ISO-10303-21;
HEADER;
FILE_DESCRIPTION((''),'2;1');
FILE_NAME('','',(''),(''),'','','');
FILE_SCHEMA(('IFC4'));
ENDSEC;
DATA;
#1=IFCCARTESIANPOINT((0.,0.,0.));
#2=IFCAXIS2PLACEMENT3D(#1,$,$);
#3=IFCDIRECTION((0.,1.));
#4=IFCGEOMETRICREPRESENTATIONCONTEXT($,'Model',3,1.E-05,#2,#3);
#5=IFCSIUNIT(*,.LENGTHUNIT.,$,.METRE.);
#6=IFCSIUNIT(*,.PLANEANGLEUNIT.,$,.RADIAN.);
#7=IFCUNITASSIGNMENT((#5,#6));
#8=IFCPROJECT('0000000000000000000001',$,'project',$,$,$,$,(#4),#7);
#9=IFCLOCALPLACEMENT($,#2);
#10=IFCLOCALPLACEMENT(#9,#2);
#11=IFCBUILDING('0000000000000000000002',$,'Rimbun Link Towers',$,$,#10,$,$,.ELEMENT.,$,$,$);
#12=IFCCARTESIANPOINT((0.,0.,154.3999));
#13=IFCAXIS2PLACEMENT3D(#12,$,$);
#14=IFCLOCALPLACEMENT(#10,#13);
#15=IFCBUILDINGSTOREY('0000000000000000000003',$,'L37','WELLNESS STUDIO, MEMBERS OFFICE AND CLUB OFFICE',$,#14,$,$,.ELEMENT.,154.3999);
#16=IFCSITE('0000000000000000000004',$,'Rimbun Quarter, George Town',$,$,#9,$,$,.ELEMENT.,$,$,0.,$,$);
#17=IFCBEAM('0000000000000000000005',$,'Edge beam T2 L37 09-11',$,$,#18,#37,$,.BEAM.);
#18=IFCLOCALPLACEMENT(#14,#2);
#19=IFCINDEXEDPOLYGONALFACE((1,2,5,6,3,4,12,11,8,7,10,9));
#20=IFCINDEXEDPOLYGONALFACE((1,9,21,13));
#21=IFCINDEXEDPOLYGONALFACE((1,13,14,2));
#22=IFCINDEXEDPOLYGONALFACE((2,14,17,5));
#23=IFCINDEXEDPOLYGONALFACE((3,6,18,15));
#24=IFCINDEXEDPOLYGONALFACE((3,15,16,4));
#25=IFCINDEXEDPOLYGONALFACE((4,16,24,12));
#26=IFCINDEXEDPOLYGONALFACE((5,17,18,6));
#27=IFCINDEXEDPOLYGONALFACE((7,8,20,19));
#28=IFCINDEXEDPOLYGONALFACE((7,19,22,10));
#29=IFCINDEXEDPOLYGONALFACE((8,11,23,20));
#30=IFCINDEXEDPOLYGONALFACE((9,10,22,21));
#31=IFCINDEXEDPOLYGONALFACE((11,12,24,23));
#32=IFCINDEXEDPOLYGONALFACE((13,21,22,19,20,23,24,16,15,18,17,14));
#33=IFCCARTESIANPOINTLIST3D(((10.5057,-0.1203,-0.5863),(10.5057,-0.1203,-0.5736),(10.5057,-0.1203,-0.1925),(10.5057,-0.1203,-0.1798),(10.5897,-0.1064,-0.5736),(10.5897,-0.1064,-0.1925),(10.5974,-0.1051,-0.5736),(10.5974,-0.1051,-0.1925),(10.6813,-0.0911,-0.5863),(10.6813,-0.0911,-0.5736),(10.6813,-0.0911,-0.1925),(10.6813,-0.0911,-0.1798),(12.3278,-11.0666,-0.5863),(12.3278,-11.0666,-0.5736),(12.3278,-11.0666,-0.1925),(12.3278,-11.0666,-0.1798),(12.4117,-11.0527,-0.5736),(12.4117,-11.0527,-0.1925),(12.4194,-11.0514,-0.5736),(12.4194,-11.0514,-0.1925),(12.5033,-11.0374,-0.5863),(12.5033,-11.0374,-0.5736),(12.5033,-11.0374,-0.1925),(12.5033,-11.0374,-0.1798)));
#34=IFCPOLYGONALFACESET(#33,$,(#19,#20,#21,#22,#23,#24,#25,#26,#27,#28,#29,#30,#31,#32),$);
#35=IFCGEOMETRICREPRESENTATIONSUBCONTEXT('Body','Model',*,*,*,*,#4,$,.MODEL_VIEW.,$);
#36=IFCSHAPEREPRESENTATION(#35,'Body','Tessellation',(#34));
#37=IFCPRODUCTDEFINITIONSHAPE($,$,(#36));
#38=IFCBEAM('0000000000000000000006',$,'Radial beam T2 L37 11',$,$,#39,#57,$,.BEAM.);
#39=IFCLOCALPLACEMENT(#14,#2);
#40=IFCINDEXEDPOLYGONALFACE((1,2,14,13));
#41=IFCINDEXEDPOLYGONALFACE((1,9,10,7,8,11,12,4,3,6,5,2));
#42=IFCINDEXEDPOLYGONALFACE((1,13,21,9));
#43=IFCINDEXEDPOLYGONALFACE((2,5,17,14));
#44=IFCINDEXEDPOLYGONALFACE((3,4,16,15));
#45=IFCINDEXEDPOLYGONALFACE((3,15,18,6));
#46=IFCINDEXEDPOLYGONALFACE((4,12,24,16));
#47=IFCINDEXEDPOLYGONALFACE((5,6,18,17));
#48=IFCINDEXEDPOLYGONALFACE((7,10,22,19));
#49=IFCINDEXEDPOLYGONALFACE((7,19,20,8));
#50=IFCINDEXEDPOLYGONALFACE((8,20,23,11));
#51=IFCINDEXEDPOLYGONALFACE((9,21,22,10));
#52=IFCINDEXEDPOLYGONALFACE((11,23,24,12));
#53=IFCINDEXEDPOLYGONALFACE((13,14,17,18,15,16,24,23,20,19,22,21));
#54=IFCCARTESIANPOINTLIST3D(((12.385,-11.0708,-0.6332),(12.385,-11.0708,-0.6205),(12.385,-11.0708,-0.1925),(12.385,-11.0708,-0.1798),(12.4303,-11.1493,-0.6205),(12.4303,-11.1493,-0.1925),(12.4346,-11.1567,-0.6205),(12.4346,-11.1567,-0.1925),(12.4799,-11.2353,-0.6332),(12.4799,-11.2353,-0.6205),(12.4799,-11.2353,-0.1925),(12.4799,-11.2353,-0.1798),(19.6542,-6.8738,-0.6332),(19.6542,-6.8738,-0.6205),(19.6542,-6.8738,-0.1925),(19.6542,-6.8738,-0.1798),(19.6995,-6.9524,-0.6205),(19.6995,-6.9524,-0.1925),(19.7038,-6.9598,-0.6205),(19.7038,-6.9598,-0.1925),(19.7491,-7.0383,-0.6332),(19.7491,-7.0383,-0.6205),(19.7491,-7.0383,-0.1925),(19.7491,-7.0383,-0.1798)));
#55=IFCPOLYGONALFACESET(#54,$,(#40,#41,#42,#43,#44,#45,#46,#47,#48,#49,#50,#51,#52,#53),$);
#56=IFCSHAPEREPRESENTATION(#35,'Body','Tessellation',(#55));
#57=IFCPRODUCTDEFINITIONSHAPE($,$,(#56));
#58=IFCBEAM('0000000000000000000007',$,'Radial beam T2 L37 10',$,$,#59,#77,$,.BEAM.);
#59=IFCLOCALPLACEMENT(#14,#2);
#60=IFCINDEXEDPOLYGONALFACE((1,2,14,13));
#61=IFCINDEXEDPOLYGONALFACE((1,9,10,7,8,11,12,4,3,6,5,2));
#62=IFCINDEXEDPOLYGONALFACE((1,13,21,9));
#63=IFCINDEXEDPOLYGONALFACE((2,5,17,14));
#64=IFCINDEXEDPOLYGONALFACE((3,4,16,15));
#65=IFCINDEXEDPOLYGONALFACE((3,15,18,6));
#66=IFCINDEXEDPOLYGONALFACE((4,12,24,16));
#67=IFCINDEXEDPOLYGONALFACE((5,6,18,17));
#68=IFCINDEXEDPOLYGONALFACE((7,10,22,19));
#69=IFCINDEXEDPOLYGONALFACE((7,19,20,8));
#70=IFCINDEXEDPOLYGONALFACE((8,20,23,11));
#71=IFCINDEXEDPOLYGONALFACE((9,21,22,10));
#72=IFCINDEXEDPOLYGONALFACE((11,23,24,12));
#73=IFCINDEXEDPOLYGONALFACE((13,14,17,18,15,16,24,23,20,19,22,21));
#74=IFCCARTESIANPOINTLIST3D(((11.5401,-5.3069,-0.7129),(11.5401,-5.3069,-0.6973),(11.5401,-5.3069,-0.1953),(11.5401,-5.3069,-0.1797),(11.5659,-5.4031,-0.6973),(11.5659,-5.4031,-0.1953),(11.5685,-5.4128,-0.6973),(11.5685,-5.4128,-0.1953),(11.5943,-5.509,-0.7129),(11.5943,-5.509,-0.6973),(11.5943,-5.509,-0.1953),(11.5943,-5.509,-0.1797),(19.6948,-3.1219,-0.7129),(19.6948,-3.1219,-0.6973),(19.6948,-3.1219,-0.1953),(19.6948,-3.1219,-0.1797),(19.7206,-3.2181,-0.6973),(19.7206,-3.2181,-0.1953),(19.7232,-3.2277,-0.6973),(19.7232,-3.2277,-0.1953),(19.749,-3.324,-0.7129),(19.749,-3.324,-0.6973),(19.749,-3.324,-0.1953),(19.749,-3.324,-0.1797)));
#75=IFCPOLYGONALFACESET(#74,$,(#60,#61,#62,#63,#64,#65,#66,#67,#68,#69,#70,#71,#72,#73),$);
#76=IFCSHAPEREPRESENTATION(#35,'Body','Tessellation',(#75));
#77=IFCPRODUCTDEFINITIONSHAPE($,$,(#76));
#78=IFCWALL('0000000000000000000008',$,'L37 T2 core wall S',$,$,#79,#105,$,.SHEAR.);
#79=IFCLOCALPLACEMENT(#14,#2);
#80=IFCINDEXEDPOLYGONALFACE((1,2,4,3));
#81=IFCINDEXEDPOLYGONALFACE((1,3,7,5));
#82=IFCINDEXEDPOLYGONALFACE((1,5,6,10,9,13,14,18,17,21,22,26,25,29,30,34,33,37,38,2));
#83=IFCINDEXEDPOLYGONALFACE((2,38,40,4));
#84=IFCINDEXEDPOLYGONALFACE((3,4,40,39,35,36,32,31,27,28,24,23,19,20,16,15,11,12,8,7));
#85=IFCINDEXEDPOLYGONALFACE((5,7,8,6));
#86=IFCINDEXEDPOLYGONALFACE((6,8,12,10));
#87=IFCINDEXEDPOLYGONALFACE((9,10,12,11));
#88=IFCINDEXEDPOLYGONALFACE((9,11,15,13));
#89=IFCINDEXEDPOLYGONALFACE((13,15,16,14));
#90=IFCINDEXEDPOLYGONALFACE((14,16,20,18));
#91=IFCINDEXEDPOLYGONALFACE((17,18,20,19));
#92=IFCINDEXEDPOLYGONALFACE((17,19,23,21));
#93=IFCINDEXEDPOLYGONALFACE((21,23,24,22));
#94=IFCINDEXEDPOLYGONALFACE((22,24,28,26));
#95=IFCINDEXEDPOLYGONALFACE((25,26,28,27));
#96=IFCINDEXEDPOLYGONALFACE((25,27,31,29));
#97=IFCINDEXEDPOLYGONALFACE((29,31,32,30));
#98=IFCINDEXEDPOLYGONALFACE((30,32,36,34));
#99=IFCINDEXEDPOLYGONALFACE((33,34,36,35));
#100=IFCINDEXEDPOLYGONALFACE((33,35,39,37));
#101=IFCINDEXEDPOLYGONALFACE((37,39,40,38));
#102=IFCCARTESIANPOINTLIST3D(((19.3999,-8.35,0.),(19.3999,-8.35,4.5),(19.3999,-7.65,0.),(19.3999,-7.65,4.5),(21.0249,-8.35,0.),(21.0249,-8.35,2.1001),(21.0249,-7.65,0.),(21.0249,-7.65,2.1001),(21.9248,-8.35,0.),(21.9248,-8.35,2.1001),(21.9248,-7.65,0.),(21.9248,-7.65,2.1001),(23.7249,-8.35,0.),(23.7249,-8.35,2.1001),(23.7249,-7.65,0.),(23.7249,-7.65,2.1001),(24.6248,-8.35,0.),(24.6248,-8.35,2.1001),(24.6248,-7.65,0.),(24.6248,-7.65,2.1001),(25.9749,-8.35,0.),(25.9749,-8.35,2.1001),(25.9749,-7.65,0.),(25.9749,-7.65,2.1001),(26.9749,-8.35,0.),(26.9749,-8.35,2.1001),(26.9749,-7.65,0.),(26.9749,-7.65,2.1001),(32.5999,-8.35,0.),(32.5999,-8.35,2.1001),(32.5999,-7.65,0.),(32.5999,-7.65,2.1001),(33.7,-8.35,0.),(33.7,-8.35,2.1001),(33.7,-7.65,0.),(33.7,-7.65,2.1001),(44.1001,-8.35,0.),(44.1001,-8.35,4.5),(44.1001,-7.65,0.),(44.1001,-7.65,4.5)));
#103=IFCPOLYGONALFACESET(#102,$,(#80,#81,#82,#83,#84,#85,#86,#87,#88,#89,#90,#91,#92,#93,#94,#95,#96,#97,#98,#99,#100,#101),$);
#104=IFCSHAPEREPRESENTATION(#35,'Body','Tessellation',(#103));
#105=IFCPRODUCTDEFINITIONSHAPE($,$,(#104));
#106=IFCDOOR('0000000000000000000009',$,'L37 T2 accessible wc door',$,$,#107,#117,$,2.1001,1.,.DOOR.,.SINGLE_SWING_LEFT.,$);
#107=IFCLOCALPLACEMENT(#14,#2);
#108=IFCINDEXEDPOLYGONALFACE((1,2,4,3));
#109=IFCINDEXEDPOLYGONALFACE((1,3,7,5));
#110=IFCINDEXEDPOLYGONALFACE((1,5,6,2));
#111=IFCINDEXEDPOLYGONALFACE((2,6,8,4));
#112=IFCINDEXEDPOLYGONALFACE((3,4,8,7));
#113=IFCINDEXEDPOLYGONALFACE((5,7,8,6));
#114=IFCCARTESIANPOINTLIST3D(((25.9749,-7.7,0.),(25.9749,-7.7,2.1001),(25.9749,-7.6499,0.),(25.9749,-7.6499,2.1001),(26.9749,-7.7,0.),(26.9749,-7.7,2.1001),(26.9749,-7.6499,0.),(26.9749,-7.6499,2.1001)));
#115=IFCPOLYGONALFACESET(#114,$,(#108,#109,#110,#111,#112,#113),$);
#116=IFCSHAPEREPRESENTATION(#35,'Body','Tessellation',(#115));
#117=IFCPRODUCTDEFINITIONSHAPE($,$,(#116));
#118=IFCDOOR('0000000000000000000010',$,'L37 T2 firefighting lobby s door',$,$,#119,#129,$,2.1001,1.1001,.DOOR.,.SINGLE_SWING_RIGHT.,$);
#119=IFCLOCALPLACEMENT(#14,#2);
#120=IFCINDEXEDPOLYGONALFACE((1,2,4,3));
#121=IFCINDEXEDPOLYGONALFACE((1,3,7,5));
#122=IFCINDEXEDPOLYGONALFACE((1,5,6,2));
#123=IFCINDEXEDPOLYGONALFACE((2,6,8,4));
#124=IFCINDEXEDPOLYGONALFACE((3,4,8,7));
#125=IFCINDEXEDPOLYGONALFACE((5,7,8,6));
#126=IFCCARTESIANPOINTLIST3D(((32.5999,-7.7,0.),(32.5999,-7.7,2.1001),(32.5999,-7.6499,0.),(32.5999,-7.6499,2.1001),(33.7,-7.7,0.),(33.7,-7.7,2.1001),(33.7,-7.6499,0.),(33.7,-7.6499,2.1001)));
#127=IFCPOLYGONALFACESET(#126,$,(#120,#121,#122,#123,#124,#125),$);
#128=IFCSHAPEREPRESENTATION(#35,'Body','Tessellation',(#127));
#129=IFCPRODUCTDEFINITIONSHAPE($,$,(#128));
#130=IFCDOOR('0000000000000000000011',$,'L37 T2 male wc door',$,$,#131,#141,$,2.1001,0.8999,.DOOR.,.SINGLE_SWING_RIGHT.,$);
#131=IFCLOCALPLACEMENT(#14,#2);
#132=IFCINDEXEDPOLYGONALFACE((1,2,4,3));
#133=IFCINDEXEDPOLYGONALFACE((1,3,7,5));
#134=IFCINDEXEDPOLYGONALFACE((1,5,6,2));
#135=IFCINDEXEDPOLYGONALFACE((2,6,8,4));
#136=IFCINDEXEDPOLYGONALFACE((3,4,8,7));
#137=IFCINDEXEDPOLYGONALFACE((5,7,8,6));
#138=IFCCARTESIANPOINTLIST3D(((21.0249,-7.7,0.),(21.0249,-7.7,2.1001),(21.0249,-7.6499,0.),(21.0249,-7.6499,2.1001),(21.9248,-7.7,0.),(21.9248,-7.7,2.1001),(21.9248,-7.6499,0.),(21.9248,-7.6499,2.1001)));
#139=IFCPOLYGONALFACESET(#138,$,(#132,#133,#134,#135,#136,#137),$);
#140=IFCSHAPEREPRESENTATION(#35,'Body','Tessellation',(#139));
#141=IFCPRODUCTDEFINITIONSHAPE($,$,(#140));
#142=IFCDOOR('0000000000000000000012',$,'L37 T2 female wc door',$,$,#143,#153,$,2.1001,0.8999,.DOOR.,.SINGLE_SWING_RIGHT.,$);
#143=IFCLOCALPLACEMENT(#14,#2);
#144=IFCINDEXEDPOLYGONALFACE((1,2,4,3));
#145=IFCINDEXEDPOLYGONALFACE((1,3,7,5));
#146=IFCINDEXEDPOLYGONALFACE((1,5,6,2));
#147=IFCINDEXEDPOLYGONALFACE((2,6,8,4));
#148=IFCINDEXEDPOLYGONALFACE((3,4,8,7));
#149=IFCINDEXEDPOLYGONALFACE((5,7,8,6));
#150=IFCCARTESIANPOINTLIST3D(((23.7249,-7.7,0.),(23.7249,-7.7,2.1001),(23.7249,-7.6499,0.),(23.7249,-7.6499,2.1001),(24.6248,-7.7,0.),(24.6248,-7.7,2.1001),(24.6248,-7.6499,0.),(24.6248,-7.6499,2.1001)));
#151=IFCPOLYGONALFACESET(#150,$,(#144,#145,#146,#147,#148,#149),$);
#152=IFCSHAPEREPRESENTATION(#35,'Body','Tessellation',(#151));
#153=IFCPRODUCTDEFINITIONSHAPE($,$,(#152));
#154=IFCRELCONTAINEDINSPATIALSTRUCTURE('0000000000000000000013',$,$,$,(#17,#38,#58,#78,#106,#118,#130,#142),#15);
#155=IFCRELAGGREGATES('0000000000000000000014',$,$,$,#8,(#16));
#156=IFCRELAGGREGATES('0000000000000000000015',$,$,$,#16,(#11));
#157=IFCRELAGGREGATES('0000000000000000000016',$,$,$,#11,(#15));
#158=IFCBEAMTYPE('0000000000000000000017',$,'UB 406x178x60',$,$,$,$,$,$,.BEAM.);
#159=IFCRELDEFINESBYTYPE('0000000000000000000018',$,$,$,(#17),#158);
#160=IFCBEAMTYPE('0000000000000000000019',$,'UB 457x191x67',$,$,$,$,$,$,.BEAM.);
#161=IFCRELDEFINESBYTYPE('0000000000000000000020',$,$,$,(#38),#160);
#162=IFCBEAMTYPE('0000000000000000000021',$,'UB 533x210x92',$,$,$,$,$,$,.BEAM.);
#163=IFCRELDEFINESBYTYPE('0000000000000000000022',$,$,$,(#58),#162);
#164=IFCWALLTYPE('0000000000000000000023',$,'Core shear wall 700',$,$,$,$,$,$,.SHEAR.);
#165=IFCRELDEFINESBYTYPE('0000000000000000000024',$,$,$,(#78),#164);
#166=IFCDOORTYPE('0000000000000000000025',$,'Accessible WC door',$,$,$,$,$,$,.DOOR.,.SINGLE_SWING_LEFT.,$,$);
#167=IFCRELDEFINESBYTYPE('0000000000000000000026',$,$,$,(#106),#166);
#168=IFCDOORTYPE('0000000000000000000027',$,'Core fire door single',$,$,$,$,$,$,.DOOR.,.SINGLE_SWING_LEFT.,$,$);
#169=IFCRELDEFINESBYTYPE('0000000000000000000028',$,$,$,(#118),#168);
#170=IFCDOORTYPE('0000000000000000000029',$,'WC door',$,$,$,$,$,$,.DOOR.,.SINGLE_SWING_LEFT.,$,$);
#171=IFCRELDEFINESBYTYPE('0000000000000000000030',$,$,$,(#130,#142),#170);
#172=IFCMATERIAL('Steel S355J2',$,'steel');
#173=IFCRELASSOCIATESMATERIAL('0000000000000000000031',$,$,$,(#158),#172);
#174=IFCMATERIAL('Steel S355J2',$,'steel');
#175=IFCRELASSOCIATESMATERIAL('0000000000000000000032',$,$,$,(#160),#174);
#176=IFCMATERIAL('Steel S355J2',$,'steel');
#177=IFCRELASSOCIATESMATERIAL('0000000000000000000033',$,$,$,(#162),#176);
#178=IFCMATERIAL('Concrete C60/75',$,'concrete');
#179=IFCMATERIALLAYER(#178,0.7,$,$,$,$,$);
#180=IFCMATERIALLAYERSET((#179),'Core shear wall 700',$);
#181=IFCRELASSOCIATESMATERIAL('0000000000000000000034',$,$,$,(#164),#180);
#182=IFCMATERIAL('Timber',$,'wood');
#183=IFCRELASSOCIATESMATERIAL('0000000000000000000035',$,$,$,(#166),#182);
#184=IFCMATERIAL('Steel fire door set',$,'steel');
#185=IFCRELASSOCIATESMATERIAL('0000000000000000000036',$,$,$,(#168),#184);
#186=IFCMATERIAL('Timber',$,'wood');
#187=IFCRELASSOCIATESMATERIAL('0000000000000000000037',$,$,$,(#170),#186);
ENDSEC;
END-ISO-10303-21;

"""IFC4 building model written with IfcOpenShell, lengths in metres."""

from ifc_helpers import new_model, si_unit, direction, frame, frame_2d, origin, origin_2d, place, context, subcontext, project, spatial, rectangle, i_section, extrude, material, layer, layer_set, material_profile, profile_set, type_object, element, fill, save


model = new_model("IFC4")

# Units and contexts
model_context = context("Model", 3, precision=1e-05, world=origin(), true_north=direction((0.0, 1.0)))
body_context = subcontext(model_context, "Body", "Model", "MODEL_VIEW")
ifc_project = project(units=[si_unit("LENGTHUNIT", "METRE"), si_unit("PLANEANGLEUNIT", "RADIAN")], contexts=[model_context])

# Site, building, storey
site_placement = place(None, origin())
site = spatial("IfcSite", under=ifc_project, at=site_placement, Name="Rimbun Quarter, George Town", CompositionType="ELEMENT", RefElevation=0.0)
building_placement = place(site_placement, origin())
building = spatial("IfcBuilding", under=site, at=building_placement, Name="Rimbun Link Towers", CompositionType="ELEMENT")
storey_placement = place(building_placement, frame((0.0, 0.0, 154.3999)))
storey = spatial("IfcBuildingStorey", under=building, at=storey_placement, Name="L37", Description="WELLNESS STUDIO, MEMBERS OFFICE AND CLUB OFFICE", CompositionType="ELEMENT", Elevation=154.3999)

# Beams
ifc_material_1 = material(Name="Steel S355J2", Category="steel")
ifc_material_profile_1 = material_profile(ifc_material_1, i_section(OverallWidth=0.178, OverallDepth=0.4065, WebThickness=0.0078, FlangeThickness=0.0127, at=origin_2d()), Name="UB 406x178x60")
ifc_profile_set_1 = profile_set([ifc_material_profile_1], Name="Steel S355J2")
beam_type_1 = type_object("IfcBeamType", Name="UB 406x178x60", PredefinedType="BEAM", material=ifc_profile_set_1)
beam_1_placement = place(storey_placement, frame((10.5935, -0.1057, -0.3831), z_axis=(0.164192, -0.986428, 0.0), x_axis=(0.986428, 0.164192, 0.0)))
element("IfcBeam", 1, at=beam_1_placement, inside=storey, type_object=beam_type_1, Name="Edge beam T2 L37 09-11", PredefinedType="BEAM", context=body_context, shape_type="SweptSolid", body=[
    extrude(i_section(OverallWidth=0.178, OverallDepth=0.4065, WebThickness=0.0078, FlangeThickness=0.0127, at=origin_2d()), origin(), (0.0, 0.0, 1.0), 11.0969),
])
ifc_material_2 = material(Name="Steel S355J2", Category="steel")
ifc_material_profile_2 = material_profile(ifc_material_2, i_section(OverallWidth=0.1899, OverallDepth=0.4534, WebThickness=0.0085, FlangeThickness=0.0127, at=origin_2d()), Name="UB 457x191x67")
ifc_profile_set_2 = profile_set([ifc_material_profile_2], Name="Steel S355J2")
beam_type_2 = type_object("IfcBeamType", Name="UB 457x191x67", PredefinedType="BEAM", material=ifc_profile_set_2)
beam_2_placement = place(storey_placement, frame((19.7017, -6.9561, -0.4065), z_axis=(-0.86602, -0.500009, 0.0), x_axis=(0.500009, -0.86602, 0.0)))
element("IfcBeam", 2, at=beam_2_placement, inside=storey, type_object=beam_type_2, Name="Radial beam T2 L37 11", PredefinedType="BEAM", context=body_context, shape_type="SweptSolid", body=[
    extrude(i_section(OverallWidth=0.1899, OverallDepth=0.4534, WebThickness=0.0085, FlangeThickness=0.0127, at=origin_2d()), origin(), (0.0, 0.0, 1.0), 8.3938),
])
ifc_material_3 = material(Name="Steel S355J2", Category="steel")
ifc_material_profile_3 = material_profile(ifc_material_3, i_section(OverallWidth=0.2092, OverallDepth=0.5332, WebThickness=0.01, FlangeThickness=0.0156, at=origin_2d()), Name="UB 533x210x92")
ifc_profile_set_3 = profile_set([ifc_material_profile_3], Name="Steel S355J2")
beam_type_3 = type_object("IfcBeamType", Name="UB 533x210x92", PredefinedType="BEAM", material=ifc_profile_set_3)
beam_3_placement = place(storey_placement, frame((19.7219, -3.2229, -0.4463), z_axis=(-0.965926, -0.258818, 0.0), x_axis=(0.258818, -0.965926, 0.0)))
element("IfcBeam", 3, at=beam_3_placement, inside=storey, type_object=beam_type_3, Name="Radial beam T2 L37 10", PredefinedType="BEAM", context=body_context, shape_type="SweptSolid", body=[
    extrude(i_section(OverallWidth=0.2092, OverallDepth=0.5332, WebThickness=0.01, FlangeThickness=0.0156, at=origin_2d()), origin(), (0.0, 0.0, 1.0), 8.4424),
])

# Wall, openings, doors
ifc_material_4 = material(Name="Concrete C60/75", Category="concrete")
ifc_layer_1 = layer(ifc_material_4, 0.7)
ifc_layer_set_1 = layer_set([ifc_layer_1], Name="Core shear wall 700")
wall_type_1 = type_object("IfcWallType", Name="Core shear wall 700", PredefinedType="SHEAR", material=ifc_layer_set_1)
wall_1_placement = place(storey_placement, frame((19.3999, -8.0, 0.0), z_axis=(0.0, 0.0, 1.0), x_axis=(1.0, 0.0, 0.0)))
wall_1 = element("IfcWall", 4, at=wall_1_placement, inside=storey, type_object=wall_type_1, Name="L37 T2 core wall S", PredefinedType="SHEAR", context=body_context, shape_type="SweptSolid", body=[
    extrude(rectangle(XDim=24.7002, YDim=0.7, at=frame_2d((12.3501, 0.0))), origin(), (0.0, 0.0, 1.0), 4.5),
])
opening_1_placement = place(wall_1_placement, frame((13.2, 0.0, 0.0)))
opening_1 = element("IfcOpeningElement", 5, at=opening_1_placement, cuts=wall_1, PredefinedType="OPENING", context=body_context, shape_type="SweptSolid", body=[
    extrude(rectangle(XDim=1.1001, YDim=2.1001, at=frame_2d((0.55, 1.05))), frame((0.0, 0.3599, 0.0), z_axis=(0.0, -1.0, 0.0), x_axis=(1.0, 0.0, 0.0)), (0.0, 0.0, 1.0), 0.72),
])
opening_2_placement = place(wall_1_placement, frame((1.625, 0.0, 0.0)))
opening_2 = element("IfcOpeningElement", 6, at=opening_2_placement, cuts=wall_1, PredefinedType="OPENING", context=body_context, shape_type="SweptSolid", body=[
    extrude(rectangle(XDim=0.8999, YDim=2.1001, at=frame_2d((0.45, 1.05))), frame((0.0, 0.3599, 0.0), z_axis=(0.0, -1.0, 0.0), x_axis=(1.0, 0.0, 0.0)), (0.0, 0.0, 1.0), 0.72),
])
opening_3_placement = place(wall_1_placement, frame((4.325, 0.0, 0.0)))
opening_3 = element("IfcOpeningElement", 7, at=opening_3_placement, cuts=wall_1, PredefinedType="OPENING", context=body_context, shape_type="SweptSolid", body=[
    extrude(rectangle(XDim=0.8999, YDim=2.1001, at=frame_2d((0.45, 1.05))), frame((0.0, 0.3599, 0.0), z_axis=(0.0, -1.0, 0.0), x_axis=(1.0, 0.0, 0.0)), (0.0, 0.0, 1.0), 0.72),
])
opening_4_placement = place(wall_1_placement, frame((6.575, 0.0, 0.0)))
opening_4 = element("IfcOpeningElement", 8, at=opening_4_placement, cuts=wall_1, PredefinedType="OPENING", context=body_context, shape_type="SweptSolid", body=[
    extrude(rectangle(XDim=1.0, YDim=2.1001, at=frame_2d((0.5, 1.05))), frame((0.0, 0.3599, 0.0), z_axis=(0.0, -1.0, 0.0), x_axis=(1.0, 0.0, 0.0)), (0.0, 0.0, 1.0), 0.72),
])
ifc_material_5 = material(Name="Timber", Category="wood")
door_type_1 = type_object("IfcDoorType", Name="Accessible WC door", OperationType="SINGLE_SWING_LEFT", PredefinedType="DOOR", material=ifc_material_5)
door_1_placement = place(opening_4_placement, origin())
door_1 = element("IfcDoor", 9, at=door_1_placement, inside=storey, type_object=door_type_1, Name="L37 T2 accessible wc door", OperationType="SINGLE_SWING_LEFT", OverallHeight=2.1001, OverallWidth=1.0, PredefinedType="DOOR", context=body_context, shape_type="SweptSolid", body=[
    extrude(rectangle(XDim=1.0, YDim=2.1001, at=frame_2d((0.5, 1.05))), frame((0.0, 0.3501, 0.0), z_axis=(0.0, -1.0, 0.0), x_axis=(1.0, 0.0, 0.0)), (0.0, 0.0, 1.0), 0.05),
])
fill(opening_4, door_1)
ifc_material_6 = material(Name="Steel fire door set", Category="steel")
door_type_2 = type_object("IfcDoorType", Name="Core fire door single", OperationType="SINGLE_SWING_LEFT", PredefinedType="DOOR", material=ifc_material_6)
door_2_placement = place(opening_1_placement, origin())
door_2 = element("IfcDoor", 10, at=door_2_placement, inside=storey, type_object=door_type_2, Name="L37 T2 firefighting lobby s door", OperationType="SINGLE_SWING_RIGHT", OverallHeight=2.1001, OverallWidth=1.1001, PredefinedType="DOOR", context=body_context, shape_type="SweptSolid", body=[
    extrude(rectangle(XDim=1.1001, YDim=2.1001, at=frame_2d((0.55, 1.05))), frame((0.0, 0.3501, 0.0), z_axis=(0.0, -1.0, 0.0), x_axis=(1.0, 0.0, 0.0)), (0.0, 0.0, 1.0), 0.05),
])
fill(opening_1, door_2)
ifc_material_7 = material(Name="Timber", Category="wood")
door_type_3 = type_object("IfcDoorType", Name="WC door", OperationType="SINGLE_SWING_LEFT", PredefinedType="DOOR", material=ifc_material_7)
door_3_placement = place(opening_2_placement, origin())
door_3 = element("IfcDoor", 11, at=door_3_placement, inside=storey, type_object=door_type_3, Name="L37 T2 male wc door", OperationType="SINGLE_SWING_RIGHT", OverallHeight=2.1001, OverallWidth=0.8999, PredefinedType="DOOR", context=body_context, shape_type="SweptSolid", body=[
    extrude(rectangle(XDim=0.8999, YDim=2.1001, at=frame_2d((0.45, 1.05))), frame((0.0, 0.3501, 0.0), z_axis=(0.0, -1.0, 0.0), x_axis=(1.0, 0.0, 0.0)), (0.0, 0.0, 1.0), 0.05),
])
fill(opening_2, door_3)
door_4_placement = place(opening_3_placement, origin())
door_4 = element("IfcDoor", 12, at=door_4_placement, inside=storey, type_object=door_type_3, Name="L37 T2 female wc door", OperationType="SINGLE_SWING_RIGHT", OverallHeight=2.1001, OverallWidth=0.8999, PredefinedType="DOOR", context=body_context, shape_type="SweptSolid", body=[
    extrude(rectangle(XDim=0.8999, YDim=2.1001, at=frame_2d((0.45, 1.05))), frame((0.0, 0.3501, 0.0), z_axis=(0.0, -1.0, 0.0), x_axis=(1.0, 0.0, 0.0)), (0.0, 0.0, 1.0), 0.05),
])
fill(opening_3, door_4)

save(model, "model.ifc")
